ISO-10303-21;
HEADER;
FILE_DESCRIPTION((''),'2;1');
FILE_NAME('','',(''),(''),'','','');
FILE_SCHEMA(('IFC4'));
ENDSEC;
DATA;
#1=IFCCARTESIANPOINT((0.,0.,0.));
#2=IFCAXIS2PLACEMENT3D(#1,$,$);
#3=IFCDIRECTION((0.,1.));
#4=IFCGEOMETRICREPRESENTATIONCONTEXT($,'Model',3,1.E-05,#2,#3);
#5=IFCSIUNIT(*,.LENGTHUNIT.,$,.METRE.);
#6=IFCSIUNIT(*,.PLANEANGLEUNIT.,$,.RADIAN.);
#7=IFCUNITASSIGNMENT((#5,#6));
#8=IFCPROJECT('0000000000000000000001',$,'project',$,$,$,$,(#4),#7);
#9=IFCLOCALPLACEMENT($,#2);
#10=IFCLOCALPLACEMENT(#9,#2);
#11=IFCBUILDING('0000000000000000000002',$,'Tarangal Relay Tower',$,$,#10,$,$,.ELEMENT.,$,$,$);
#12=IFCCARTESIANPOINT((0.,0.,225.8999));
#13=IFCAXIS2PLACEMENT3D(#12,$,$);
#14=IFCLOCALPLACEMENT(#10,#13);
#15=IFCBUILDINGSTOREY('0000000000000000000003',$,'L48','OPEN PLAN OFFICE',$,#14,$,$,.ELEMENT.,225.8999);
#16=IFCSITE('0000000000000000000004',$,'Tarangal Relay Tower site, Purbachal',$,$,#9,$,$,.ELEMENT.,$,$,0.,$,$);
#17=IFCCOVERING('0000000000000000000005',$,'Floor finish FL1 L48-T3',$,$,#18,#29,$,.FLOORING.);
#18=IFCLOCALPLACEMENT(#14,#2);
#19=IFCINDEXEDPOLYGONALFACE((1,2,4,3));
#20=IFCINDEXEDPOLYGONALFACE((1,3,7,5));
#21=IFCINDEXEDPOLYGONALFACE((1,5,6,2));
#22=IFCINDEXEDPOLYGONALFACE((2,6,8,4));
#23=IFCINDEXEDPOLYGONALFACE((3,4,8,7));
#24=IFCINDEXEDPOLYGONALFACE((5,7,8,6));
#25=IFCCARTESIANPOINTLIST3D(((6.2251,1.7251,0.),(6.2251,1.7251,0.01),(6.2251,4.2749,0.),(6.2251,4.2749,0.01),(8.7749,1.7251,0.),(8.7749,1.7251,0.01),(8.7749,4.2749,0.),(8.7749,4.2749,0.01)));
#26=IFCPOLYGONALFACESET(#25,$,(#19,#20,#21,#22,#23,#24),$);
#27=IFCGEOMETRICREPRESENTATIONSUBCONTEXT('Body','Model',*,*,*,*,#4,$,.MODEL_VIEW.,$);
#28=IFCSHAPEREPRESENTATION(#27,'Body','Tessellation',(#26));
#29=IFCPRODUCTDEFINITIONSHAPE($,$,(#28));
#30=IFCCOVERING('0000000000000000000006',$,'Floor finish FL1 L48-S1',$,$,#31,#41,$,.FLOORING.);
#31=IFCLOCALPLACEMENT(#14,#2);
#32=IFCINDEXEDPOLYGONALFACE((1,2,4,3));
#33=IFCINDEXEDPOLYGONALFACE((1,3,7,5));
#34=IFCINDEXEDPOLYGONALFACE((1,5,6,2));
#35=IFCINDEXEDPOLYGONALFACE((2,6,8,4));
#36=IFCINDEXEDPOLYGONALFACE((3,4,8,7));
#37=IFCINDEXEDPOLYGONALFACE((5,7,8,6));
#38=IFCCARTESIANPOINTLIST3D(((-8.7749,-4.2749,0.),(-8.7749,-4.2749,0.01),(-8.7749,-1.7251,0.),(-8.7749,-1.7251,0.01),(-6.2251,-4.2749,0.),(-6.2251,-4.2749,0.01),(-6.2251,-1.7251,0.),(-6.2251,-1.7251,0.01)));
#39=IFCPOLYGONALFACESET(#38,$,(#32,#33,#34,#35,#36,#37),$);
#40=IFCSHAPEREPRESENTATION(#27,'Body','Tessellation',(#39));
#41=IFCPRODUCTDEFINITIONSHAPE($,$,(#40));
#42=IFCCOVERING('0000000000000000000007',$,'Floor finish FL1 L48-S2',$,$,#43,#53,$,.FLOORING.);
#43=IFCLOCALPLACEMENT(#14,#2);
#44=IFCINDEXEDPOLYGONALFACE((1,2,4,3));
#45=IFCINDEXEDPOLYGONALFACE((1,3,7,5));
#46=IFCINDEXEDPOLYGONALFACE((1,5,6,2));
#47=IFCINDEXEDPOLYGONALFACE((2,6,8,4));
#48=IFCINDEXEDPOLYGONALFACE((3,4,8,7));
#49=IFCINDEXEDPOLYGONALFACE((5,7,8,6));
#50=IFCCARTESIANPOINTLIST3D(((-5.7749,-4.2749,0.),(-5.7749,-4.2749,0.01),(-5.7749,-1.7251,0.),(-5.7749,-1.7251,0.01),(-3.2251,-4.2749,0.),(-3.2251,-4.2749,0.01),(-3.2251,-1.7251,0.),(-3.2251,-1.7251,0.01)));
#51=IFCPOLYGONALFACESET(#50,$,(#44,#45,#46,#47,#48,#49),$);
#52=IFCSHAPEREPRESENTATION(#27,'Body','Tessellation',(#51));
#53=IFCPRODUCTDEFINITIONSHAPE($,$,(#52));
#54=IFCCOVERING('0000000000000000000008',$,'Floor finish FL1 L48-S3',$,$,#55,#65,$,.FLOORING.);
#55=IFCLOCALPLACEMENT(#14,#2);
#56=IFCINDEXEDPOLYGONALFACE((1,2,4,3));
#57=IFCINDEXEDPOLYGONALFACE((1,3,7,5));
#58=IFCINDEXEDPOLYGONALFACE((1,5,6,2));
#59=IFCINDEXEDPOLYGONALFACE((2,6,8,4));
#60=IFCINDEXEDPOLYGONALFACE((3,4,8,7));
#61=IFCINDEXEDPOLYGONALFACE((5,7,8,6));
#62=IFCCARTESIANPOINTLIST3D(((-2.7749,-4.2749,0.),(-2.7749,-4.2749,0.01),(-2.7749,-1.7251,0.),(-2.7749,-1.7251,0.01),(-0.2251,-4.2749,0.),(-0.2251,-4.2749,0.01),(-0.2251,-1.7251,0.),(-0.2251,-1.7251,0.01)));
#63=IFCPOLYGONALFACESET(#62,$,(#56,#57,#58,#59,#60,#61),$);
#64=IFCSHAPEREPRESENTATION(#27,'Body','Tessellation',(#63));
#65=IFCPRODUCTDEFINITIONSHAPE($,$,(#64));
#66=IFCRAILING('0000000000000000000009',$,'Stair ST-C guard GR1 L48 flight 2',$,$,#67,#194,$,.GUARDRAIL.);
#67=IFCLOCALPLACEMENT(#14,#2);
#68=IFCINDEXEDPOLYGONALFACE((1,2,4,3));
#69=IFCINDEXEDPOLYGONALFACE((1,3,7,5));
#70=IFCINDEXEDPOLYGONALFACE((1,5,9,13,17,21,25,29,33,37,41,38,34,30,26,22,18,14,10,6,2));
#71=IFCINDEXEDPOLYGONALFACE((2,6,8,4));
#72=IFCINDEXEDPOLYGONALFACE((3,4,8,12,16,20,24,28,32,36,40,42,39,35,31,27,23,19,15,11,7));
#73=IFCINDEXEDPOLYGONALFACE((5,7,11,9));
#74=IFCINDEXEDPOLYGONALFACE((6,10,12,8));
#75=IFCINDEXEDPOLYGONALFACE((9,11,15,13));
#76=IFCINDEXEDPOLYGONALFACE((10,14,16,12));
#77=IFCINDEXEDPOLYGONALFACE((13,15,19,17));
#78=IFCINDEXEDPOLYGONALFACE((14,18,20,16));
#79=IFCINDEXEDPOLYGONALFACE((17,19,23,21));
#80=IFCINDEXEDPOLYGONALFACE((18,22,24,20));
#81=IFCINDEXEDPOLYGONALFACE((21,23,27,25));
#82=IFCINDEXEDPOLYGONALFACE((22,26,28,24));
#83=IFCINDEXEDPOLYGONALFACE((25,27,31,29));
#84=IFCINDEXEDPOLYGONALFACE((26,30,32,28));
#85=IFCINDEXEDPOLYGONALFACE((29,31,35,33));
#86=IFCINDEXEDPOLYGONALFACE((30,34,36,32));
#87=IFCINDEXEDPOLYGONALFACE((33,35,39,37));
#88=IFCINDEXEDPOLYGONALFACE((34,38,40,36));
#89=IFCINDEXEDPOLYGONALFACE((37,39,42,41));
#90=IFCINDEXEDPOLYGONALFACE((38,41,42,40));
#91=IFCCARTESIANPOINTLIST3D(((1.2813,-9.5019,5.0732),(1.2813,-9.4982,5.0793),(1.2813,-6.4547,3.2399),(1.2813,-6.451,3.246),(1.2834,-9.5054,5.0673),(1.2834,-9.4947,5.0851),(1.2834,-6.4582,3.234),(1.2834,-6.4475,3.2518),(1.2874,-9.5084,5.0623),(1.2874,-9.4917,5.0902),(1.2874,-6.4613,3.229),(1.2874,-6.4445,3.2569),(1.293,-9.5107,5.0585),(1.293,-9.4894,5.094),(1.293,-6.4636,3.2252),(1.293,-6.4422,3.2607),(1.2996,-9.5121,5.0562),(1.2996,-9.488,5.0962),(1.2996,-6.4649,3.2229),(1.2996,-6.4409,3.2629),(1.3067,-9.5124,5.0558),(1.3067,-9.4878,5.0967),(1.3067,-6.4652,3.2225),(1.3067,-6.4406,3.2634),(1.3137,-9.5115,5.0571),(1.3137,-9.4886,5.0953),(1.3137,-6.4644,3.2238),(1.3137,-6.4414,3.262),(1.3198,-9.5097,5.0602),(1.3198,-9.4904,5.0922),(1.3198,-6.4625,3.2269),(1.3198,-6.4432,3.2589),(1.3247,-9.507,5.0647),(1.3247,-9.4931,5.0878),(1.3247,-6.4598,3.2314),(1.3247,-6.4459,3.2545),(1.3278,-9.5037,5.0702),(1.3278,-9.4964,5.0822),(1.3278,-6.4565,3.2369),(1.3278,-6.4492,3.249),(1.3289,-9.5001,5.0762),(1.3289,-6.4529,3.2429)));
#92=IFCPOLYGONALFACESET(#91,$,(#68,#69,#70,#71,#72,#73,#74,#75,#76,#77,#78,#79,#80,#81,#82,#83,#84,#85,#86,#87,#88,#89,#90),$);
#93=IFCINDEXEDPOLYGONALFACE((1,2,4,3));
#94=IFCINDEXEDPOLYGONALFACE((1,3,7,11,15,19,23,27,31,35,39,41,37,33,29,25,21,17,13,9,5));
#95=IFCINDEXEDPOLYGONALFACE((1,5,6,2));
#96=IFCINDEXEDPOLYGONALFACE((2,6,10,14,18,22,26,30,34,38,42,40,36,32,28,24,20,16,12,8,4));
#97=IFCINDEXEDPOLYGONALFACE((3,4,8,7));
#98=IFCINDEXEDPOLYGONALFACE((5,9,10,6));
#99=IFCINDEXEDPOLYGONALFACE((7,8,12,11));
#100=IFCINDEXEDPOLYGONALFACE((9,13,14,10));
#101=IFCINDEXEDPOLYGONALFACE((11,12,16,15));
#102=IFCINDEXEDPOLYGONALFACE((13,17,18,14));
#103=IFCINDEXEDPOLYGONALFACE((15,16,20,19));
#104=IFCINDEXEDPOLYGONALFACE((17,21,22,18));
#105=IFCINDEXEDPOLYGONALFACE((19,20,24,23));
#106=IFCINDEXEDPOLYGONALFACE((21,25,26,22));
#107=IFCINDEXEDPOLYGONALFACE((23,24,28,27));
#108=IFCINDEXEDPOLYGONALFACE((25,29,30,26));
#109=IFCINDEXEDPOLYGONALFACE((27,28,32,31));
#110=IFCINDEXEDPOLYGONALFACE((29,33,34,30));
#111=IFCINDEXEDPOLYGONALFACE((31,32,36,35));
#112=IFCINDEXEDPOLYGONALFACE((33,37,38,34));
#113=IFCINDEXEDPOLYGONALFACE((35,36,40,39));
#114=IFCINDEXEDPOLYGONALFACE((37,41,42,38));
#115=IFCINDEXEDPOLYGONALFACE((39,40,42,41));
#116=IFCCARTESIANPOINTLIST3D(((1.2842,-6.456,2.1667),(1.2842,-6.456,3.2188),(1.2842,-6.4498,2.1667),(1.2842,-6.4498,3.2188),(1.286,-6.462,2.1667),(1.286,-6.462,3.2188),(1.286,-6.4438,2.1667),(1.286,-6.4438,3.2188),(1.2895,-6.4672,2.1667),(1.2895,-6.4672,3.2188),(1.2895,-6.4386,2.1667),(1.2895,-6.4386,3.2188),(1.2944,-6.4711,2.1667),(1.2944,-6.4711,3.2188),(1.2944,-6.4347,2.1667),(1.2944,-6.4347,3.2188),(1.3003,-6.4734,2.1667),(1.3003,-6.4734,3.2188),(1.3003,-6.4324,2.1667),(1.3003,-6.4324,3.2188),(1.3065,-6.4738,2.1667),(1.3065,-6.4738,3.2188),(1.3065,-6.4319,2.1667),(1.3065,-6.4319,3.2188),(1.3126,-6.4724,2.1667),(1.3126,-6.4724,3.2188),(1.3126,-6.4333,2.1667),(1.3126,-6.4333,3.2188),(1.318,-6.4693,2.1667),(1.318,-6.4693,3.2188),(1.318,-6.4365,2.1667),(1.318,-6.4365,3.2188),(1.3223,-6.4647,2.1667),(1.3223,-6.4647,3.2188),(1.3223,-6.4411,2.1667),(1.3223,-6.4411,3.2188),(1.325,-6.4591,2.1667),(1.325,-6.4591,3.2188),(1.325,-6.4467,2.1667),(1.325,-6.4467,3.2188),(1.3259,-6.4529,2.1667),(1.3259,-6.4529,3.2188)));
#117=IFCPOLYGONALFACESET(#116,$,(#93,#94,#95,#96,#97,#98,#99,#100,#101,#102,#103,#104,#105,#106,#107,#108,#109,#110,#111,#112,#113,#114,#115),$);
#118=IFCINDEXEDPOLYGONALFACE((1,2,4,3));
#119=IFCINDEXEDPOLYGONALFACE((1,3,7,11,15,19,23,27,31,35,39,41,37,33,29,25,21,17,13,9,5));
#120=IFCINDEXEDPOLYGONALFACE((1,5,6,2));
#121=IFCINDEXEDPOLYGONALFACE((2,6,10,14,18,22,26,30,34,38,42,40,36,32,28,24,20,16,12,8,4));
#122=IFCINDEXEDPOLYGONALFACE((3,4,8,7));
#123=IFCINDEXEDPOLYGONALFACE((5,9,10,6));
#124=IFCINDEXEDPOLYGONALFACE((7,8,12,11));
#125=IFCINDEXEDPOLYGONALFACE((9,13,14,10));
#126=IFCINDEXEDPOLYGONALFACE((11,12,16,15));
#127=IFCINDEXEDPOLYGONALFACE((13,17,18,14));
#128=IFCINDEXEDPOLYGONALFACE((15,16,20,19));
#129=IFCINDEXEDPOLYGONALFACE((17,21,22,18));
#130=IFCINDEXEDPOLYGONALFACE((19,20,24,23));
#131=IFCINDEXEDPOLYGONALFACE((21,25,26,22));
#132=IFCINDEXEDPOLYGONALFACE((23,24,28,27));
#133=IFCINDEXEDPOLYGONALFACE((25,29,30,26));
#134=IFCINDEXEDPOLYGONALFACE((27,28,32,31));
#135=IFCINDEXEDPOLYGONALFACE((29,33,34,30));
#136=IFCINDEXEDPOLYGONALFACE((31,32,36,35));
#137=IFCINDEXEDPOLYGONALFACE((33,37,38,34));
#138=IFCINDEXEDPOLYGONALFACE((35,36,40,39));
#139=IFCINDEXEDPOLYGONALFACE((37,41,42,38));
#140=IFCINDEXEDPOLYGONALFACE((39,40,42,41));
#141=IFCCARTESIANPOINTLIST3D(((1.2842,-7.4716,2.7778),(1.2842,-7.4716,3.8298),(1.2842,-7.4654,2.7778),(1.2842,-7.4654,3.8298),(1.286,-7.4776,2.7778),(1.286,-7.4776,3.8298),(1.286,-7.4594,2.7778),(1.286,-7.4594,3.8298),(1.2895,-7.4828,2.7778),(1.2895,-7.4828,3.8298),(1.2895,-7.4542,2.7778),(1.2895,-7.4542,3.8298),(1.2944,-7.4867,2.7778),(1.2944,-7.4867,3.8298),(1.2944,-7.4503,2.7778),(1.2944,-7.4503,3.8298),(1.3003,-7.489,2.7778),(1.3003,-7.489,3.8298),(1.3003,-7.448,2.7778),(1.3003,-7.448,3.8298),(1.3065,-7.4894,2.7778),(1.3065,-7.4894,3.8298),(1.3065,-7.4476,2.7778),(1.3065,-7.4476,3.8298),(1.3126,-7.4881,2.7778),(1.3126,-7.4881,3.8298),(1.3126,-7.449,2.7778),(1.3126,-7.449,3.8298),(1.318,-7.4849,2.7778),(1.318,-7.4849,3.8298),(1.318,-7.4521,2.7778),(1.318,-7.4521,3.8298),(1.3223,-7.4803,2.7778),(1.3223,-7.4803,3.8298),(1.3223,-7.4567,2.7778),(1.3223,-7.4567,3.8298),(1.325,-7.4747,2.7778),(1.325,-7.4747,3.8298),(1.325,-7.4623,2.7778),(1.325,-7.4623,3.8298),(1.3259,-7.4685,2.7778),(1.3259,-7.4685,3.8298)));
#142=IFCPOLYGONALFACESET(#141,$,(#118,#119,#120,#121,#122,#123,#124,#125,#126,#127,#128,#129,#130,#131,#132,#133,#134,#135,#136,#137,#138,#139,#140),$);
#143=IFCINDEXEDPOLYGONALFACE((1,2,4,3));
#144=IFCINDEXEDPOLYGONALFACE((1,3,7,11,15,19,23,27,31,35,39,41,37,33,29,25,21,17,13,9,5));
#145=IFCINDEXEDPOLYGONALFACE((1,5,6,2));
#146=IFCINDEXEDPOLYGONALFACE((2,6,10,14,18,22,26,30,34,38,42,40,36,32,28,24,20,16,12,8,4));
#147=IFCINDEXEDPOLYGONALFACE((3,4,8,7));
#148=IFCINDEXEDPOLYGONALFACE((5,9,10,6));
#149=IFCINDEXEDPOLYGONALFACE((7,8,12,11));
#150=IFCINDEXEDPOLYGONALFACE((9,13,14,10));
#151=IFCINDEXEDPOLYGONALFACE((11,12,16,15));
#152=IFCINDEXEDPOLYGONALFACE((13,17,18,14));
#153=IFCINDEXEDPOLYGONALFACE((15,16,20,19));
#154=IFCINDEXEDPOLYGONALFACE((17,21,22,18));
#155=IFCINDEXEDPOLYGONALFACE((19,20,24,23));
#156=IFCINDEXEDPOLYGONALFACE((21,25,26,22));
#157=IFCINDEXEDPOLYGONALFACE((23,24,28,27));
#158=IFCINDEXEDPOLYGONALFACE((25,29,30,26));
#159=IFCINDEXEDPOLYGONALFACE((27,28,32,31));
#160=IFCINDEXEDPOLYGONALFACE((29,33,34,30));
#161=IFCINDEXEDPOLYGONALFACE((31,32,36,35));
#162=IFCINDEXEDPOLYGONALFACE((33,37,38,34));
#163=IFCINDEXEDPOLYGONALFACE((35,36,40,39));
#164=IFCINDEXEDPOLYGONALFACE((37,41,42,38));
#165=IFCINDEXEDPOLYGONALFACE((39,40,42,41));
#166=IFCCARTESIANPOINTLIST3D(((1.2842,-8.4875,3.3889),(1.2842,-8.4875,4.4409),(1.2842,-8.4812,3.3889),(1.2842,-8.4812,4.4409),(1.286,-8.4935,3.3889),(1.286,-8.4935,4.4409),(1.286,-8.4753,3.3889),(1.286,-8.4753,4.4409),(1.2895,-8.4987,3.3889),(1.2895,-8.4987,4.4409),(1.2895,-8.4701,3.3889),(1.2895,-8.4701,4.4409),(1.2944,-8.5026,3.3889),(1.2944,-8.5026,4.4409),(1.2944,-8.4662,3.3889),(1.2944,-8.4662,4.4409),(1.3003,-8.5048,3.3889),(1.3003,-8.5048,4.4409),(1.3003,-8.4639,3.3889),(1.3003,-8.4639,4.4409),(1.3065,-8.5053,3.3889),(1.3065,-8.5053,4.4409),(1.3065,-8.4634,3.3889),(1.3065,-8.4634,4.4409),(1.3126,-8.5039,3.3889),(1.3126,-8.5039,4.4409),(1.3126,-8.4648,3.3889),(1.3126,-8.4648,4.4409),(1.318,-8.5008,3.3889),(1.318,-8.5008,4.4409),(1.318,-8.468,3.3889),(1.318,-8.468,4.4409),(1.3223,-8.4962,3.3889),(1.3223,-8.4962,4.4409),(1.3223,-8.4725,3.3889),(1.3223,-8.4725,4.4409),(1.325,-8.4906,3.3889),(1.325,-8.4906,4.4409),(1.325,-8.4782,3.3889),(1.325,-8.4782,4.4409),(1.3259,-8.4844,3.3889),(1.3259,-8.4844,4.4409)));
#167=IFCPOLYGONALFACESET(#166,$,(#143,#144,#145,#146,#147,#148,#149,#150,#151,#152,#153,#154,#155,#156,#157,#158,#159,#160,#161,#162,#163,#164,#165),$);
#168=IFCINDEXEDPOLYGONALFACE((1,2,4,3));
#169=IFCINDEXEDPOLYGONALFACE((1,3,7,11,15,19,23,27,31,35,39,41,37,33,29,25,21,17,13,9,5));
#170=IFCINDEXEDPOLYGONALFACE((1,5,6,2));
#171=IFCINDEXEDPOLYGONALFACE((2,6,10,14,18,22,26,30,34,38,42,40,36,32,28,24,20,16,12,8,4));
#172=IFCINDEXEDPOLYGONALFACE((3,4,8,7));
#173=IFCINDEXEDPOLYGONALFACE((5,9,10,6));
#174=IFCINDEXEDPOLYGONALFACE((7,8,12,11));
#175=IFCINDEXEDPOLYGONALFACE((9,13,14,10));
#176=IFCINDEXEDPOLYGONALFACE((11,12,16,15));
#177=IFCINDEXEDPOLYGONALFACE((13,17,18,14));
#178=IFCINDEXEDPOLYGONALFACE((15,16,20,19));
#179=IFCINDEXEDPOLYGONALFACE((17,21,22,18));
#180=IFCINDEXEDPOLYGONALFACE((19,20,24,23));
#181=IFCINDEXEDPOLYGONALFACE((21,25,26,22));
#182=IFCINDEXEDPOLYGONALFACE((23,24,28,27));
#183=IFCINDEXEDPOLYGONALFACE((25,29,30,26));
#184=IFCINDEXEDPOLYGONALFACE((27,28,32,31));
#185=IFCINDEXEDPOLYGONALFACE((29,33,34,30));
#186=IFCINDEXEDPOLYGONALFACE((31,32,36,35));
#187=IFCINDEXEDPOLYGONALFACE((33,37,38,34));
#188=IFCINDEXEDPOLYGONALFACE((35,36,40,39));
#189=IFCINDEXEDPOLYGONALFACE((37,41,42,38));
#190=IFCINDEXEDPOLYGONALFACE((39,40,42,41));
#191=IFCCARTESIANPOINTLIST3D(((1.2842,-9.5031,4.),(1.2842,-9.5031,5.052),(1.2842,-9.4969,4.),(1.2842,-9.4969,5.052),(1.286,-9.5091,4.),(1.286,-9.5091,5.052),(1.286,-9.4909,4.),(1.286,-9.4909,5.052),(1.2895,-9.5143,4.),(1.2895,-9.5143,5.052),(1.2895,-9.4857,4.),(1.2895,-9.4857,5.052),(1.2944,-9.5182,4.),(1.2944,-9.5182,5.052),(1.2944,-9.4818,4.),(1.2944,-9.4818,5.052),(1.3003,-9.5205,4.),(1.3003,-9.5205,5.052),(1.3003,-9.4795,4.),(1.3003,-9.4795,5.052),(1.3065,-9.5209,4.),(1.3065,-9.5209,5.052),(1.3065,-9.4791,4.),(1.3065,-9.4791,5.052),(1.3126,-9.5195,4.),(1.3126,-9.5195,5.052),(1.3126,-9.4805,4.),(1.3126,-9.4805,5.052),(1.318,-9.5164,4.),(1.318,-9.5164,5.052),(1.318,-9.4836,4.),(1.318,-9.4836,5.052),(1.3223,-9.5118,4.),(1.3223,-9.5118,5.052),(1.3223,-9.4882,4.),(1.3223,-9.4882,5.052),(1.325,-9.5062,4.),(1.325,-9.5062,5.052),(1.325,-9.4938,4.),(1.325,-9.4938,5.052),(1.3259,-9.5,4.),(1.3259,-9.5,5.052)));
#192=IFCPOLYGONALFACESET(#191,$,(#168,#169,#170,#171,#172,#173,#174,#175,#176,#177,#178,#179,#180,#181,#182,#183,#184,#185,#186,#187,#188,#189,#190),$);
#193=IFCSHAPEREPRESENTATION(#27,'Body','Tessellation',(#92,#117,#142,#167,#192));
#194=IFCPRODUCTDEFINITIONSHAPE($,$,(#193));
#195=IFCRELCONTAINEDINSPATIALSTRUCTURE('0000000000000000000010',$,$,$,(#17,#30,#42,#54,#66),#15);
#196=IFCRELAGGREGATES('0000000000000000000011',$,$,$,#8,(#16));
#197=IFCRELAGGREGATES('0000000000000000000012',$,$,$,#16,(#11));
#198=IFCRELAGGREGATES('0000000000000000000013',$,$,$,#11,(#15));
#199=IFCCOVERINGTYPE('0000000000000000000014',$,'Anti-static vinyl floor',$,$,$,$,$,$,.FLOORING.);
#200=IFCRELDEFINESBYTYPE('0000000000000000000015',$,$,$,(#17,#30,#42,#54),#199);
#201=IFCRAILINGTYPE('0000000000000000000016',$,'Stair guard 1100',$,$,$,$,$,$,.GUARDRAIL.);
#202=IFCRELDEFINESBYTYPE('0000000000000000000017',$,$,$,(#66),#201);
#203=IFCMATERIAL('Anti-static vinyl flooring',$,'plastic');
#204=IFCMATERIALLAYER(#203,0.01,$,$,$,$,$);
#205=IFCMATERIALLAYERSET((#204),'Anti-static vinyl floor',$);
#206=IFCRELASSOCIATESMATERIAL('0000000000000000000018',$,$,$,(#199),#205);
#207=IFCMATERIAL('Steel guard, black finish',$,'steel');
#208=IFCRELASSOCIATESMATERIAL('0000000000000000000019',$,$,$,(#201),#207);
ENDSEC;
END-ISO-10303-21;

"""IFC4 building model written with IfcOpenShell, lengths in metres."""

from ifc_helpers import new_model, si_unit, direction, frame, origin, origin_2d, place, context, subcontext, project, spatial, polyline, circle, outline, extrude, material, layer, layer_set, type_object, element, save


model = new_model("IFC4")

# Units and contexts
model_context = context("Model", 3, precision=1e-05, world=origin(), true_north=direction((0.0, 1.0)))
body_context = subcontext(model_context, "Body", "Model", "MODEL_VIEW")
ifc_project = project(units=[si_unit("LENGTHUNIT", "METRE"), si_unit("PLANEANGLEUNIT", "RADIAN")], contexts=[model_context])

# Site, building, storey
site_placement = place(None, origin())
site = spatial("IfcSite", under=ifc_project, at=site_placement, Name="Tarangal Relay Tower site, Purbachal", CompositionType="ELEMENT", RefElevation=0.0)
building_placement = place(site_placement, origin())
building = spatial("IfcBuilding", under=site, at=building_placement, Name="Tarangal Relay Tower", CompositionType="ELEMENT")
storey_placement = place(building_placement, frame((0.0, 0.0, 225.8999)))
storey = spatial("IfcBuildingStorey", under=building, at=storey_placement, Name="L48", Description="OPEN PLAN OFFICE", CompositionType="ELEMENT", Elevation=225.8999)

# Coverings
ifc_material_1 = material(Name="Anti-static vinyl flooring", Category="plastic")
ifc_layer_1 = layer(ifc_material_1, 0.01)
ifc_layer_set_1 = layer_set([ifc_layer_1], Name="Anti-static vinyl floor")
covering_type_1 = type_object("IfcCoveringType", Name="Anti-static vinyl floor", PredefinedType="FLOORING", material=ifc_layer_set_1)
covering_1_placement = place(storey_placement, origin())
element("IfcCovering", 1, at=covering_1_placement, inside=storey, type_object=covering_type_1, Name="Floor finish FL1 L48-T3", PredefinedType="FLOORING", context=body_context, shape_type="SweptSolid", body=[
    extrude(outline(polyline([(6.2251, 1.7251), (8.7749, 1.7251), (8.7749, 4.2749), (6.2251, 4.2749), (6.2251, 1.7251)])), origin(), (0.0, 0.0, 1.0), 0.01),
])
covering_2_placement = place(storey_placement, origin())
element("IfcCovering", 2, at=covering_2_placement, inside=storey, type_object=covering_type_1, Name="Floor finish FL1 L48-S1", PredefinedType="FLOORING", context=body_context, shape_type="SweptSolid", body=[
    extrude(outline(polyline([(-8.7749, -4.2749), (-6.2251, -4.2749), (-6.2251, -1.7251), (-8.7749, -1.7251), (-8.7749, -4.2749)])), origin(), (0.0, 0.0, 1.0), 0.01),
])
covering_3_placement = place(storey_placement, origin())
element("IfcCovering", 3, at=covering_3_placement, inside=storey, type_object=covering_type_1, Name="Floor finish FL1 L48-S2", PredefinedType="FLOORING", context=body_context, shape_type="SweptSolid", body=[
    extrude(outline(polyline([(-5.7749, -4.2749), (-3.2251, -4.2749), (-3.2251, -1.7251), (-5.7749, -1.7251), (-5.7749, -4.2749)])), origin(), (0.0, 0.0, 1.0), 0.01),
])
covering_4_placement = place(storey_placement, origin())
element("IfcCovering", 4, at=covering_4_placement, inside=storey, type_object=covering_type_1, Name="Floor finish FL1 L48-S3", PredefinedType="FLOORING", context=body_context, shape_type="SweptSolid", body=[
    extrude(outline(polyline([(-2.7749, -4.2749), (-0.2251, -4.2749), (-0.2251, -1.7251), (-2.7749, -1.7251), (-2.7749, -4.2749)])), origin(), (0.0, 0.0, 1.0), 0.01),
])

# Railing
ifc_material_2 = material(Name="Steel guard, black finish", Category="steel")
railing_type_1 = type_object("IfcRailingType", Name="Stair guard 1100", PredefinedType="GUARDRAIL", material=ifc_material_2)
railing_1_placement = place(storey_placement, frame((1.3049, -6.4529, 2.1667)))
element("IfcRailing", 5, at=railing_1_placement, inside=storey, type_object=railing_type_1, Name="Stair ST-C guard GR1 L48 flight 2", PredefinedType="GUARDRAIL", context=body_context, shape_type="SweptSolid", body=[
    extrude(circle(Radius=0.0239, at=origin_2d()), frame((0.0, 0.0, 1.0762), z_axis=(0.0, -0.856874, 0.515525), x_axis=(1.0, 0.0, 0.0)), (0.0, 0.0, 1.0), 3.5562),
    extrude(circle(Radius=0.021, at=origin_2d()), origin(), (0.0, 0.0, 1.0), 1.052),
    extrude(circle(Radius=0.021, at=origin_2d()), frame((0.0, -1.0156, 0.6111)), (0.0, 0.0, 1.0), 1.052),
    extrude(circle(Radius=0.021, at=origin_2d()), frame((0.0, -2.0315, 1.2222)), (0.0, 0.0, 1.0), 1.052),
    extrude(circle(Radius=0.021, at=origin_2d()), frame((0.0, -3.0471, 1.8333)), (0.0, 0.0, 1.0), 1.052),
])

save(model, "model.ifc")
